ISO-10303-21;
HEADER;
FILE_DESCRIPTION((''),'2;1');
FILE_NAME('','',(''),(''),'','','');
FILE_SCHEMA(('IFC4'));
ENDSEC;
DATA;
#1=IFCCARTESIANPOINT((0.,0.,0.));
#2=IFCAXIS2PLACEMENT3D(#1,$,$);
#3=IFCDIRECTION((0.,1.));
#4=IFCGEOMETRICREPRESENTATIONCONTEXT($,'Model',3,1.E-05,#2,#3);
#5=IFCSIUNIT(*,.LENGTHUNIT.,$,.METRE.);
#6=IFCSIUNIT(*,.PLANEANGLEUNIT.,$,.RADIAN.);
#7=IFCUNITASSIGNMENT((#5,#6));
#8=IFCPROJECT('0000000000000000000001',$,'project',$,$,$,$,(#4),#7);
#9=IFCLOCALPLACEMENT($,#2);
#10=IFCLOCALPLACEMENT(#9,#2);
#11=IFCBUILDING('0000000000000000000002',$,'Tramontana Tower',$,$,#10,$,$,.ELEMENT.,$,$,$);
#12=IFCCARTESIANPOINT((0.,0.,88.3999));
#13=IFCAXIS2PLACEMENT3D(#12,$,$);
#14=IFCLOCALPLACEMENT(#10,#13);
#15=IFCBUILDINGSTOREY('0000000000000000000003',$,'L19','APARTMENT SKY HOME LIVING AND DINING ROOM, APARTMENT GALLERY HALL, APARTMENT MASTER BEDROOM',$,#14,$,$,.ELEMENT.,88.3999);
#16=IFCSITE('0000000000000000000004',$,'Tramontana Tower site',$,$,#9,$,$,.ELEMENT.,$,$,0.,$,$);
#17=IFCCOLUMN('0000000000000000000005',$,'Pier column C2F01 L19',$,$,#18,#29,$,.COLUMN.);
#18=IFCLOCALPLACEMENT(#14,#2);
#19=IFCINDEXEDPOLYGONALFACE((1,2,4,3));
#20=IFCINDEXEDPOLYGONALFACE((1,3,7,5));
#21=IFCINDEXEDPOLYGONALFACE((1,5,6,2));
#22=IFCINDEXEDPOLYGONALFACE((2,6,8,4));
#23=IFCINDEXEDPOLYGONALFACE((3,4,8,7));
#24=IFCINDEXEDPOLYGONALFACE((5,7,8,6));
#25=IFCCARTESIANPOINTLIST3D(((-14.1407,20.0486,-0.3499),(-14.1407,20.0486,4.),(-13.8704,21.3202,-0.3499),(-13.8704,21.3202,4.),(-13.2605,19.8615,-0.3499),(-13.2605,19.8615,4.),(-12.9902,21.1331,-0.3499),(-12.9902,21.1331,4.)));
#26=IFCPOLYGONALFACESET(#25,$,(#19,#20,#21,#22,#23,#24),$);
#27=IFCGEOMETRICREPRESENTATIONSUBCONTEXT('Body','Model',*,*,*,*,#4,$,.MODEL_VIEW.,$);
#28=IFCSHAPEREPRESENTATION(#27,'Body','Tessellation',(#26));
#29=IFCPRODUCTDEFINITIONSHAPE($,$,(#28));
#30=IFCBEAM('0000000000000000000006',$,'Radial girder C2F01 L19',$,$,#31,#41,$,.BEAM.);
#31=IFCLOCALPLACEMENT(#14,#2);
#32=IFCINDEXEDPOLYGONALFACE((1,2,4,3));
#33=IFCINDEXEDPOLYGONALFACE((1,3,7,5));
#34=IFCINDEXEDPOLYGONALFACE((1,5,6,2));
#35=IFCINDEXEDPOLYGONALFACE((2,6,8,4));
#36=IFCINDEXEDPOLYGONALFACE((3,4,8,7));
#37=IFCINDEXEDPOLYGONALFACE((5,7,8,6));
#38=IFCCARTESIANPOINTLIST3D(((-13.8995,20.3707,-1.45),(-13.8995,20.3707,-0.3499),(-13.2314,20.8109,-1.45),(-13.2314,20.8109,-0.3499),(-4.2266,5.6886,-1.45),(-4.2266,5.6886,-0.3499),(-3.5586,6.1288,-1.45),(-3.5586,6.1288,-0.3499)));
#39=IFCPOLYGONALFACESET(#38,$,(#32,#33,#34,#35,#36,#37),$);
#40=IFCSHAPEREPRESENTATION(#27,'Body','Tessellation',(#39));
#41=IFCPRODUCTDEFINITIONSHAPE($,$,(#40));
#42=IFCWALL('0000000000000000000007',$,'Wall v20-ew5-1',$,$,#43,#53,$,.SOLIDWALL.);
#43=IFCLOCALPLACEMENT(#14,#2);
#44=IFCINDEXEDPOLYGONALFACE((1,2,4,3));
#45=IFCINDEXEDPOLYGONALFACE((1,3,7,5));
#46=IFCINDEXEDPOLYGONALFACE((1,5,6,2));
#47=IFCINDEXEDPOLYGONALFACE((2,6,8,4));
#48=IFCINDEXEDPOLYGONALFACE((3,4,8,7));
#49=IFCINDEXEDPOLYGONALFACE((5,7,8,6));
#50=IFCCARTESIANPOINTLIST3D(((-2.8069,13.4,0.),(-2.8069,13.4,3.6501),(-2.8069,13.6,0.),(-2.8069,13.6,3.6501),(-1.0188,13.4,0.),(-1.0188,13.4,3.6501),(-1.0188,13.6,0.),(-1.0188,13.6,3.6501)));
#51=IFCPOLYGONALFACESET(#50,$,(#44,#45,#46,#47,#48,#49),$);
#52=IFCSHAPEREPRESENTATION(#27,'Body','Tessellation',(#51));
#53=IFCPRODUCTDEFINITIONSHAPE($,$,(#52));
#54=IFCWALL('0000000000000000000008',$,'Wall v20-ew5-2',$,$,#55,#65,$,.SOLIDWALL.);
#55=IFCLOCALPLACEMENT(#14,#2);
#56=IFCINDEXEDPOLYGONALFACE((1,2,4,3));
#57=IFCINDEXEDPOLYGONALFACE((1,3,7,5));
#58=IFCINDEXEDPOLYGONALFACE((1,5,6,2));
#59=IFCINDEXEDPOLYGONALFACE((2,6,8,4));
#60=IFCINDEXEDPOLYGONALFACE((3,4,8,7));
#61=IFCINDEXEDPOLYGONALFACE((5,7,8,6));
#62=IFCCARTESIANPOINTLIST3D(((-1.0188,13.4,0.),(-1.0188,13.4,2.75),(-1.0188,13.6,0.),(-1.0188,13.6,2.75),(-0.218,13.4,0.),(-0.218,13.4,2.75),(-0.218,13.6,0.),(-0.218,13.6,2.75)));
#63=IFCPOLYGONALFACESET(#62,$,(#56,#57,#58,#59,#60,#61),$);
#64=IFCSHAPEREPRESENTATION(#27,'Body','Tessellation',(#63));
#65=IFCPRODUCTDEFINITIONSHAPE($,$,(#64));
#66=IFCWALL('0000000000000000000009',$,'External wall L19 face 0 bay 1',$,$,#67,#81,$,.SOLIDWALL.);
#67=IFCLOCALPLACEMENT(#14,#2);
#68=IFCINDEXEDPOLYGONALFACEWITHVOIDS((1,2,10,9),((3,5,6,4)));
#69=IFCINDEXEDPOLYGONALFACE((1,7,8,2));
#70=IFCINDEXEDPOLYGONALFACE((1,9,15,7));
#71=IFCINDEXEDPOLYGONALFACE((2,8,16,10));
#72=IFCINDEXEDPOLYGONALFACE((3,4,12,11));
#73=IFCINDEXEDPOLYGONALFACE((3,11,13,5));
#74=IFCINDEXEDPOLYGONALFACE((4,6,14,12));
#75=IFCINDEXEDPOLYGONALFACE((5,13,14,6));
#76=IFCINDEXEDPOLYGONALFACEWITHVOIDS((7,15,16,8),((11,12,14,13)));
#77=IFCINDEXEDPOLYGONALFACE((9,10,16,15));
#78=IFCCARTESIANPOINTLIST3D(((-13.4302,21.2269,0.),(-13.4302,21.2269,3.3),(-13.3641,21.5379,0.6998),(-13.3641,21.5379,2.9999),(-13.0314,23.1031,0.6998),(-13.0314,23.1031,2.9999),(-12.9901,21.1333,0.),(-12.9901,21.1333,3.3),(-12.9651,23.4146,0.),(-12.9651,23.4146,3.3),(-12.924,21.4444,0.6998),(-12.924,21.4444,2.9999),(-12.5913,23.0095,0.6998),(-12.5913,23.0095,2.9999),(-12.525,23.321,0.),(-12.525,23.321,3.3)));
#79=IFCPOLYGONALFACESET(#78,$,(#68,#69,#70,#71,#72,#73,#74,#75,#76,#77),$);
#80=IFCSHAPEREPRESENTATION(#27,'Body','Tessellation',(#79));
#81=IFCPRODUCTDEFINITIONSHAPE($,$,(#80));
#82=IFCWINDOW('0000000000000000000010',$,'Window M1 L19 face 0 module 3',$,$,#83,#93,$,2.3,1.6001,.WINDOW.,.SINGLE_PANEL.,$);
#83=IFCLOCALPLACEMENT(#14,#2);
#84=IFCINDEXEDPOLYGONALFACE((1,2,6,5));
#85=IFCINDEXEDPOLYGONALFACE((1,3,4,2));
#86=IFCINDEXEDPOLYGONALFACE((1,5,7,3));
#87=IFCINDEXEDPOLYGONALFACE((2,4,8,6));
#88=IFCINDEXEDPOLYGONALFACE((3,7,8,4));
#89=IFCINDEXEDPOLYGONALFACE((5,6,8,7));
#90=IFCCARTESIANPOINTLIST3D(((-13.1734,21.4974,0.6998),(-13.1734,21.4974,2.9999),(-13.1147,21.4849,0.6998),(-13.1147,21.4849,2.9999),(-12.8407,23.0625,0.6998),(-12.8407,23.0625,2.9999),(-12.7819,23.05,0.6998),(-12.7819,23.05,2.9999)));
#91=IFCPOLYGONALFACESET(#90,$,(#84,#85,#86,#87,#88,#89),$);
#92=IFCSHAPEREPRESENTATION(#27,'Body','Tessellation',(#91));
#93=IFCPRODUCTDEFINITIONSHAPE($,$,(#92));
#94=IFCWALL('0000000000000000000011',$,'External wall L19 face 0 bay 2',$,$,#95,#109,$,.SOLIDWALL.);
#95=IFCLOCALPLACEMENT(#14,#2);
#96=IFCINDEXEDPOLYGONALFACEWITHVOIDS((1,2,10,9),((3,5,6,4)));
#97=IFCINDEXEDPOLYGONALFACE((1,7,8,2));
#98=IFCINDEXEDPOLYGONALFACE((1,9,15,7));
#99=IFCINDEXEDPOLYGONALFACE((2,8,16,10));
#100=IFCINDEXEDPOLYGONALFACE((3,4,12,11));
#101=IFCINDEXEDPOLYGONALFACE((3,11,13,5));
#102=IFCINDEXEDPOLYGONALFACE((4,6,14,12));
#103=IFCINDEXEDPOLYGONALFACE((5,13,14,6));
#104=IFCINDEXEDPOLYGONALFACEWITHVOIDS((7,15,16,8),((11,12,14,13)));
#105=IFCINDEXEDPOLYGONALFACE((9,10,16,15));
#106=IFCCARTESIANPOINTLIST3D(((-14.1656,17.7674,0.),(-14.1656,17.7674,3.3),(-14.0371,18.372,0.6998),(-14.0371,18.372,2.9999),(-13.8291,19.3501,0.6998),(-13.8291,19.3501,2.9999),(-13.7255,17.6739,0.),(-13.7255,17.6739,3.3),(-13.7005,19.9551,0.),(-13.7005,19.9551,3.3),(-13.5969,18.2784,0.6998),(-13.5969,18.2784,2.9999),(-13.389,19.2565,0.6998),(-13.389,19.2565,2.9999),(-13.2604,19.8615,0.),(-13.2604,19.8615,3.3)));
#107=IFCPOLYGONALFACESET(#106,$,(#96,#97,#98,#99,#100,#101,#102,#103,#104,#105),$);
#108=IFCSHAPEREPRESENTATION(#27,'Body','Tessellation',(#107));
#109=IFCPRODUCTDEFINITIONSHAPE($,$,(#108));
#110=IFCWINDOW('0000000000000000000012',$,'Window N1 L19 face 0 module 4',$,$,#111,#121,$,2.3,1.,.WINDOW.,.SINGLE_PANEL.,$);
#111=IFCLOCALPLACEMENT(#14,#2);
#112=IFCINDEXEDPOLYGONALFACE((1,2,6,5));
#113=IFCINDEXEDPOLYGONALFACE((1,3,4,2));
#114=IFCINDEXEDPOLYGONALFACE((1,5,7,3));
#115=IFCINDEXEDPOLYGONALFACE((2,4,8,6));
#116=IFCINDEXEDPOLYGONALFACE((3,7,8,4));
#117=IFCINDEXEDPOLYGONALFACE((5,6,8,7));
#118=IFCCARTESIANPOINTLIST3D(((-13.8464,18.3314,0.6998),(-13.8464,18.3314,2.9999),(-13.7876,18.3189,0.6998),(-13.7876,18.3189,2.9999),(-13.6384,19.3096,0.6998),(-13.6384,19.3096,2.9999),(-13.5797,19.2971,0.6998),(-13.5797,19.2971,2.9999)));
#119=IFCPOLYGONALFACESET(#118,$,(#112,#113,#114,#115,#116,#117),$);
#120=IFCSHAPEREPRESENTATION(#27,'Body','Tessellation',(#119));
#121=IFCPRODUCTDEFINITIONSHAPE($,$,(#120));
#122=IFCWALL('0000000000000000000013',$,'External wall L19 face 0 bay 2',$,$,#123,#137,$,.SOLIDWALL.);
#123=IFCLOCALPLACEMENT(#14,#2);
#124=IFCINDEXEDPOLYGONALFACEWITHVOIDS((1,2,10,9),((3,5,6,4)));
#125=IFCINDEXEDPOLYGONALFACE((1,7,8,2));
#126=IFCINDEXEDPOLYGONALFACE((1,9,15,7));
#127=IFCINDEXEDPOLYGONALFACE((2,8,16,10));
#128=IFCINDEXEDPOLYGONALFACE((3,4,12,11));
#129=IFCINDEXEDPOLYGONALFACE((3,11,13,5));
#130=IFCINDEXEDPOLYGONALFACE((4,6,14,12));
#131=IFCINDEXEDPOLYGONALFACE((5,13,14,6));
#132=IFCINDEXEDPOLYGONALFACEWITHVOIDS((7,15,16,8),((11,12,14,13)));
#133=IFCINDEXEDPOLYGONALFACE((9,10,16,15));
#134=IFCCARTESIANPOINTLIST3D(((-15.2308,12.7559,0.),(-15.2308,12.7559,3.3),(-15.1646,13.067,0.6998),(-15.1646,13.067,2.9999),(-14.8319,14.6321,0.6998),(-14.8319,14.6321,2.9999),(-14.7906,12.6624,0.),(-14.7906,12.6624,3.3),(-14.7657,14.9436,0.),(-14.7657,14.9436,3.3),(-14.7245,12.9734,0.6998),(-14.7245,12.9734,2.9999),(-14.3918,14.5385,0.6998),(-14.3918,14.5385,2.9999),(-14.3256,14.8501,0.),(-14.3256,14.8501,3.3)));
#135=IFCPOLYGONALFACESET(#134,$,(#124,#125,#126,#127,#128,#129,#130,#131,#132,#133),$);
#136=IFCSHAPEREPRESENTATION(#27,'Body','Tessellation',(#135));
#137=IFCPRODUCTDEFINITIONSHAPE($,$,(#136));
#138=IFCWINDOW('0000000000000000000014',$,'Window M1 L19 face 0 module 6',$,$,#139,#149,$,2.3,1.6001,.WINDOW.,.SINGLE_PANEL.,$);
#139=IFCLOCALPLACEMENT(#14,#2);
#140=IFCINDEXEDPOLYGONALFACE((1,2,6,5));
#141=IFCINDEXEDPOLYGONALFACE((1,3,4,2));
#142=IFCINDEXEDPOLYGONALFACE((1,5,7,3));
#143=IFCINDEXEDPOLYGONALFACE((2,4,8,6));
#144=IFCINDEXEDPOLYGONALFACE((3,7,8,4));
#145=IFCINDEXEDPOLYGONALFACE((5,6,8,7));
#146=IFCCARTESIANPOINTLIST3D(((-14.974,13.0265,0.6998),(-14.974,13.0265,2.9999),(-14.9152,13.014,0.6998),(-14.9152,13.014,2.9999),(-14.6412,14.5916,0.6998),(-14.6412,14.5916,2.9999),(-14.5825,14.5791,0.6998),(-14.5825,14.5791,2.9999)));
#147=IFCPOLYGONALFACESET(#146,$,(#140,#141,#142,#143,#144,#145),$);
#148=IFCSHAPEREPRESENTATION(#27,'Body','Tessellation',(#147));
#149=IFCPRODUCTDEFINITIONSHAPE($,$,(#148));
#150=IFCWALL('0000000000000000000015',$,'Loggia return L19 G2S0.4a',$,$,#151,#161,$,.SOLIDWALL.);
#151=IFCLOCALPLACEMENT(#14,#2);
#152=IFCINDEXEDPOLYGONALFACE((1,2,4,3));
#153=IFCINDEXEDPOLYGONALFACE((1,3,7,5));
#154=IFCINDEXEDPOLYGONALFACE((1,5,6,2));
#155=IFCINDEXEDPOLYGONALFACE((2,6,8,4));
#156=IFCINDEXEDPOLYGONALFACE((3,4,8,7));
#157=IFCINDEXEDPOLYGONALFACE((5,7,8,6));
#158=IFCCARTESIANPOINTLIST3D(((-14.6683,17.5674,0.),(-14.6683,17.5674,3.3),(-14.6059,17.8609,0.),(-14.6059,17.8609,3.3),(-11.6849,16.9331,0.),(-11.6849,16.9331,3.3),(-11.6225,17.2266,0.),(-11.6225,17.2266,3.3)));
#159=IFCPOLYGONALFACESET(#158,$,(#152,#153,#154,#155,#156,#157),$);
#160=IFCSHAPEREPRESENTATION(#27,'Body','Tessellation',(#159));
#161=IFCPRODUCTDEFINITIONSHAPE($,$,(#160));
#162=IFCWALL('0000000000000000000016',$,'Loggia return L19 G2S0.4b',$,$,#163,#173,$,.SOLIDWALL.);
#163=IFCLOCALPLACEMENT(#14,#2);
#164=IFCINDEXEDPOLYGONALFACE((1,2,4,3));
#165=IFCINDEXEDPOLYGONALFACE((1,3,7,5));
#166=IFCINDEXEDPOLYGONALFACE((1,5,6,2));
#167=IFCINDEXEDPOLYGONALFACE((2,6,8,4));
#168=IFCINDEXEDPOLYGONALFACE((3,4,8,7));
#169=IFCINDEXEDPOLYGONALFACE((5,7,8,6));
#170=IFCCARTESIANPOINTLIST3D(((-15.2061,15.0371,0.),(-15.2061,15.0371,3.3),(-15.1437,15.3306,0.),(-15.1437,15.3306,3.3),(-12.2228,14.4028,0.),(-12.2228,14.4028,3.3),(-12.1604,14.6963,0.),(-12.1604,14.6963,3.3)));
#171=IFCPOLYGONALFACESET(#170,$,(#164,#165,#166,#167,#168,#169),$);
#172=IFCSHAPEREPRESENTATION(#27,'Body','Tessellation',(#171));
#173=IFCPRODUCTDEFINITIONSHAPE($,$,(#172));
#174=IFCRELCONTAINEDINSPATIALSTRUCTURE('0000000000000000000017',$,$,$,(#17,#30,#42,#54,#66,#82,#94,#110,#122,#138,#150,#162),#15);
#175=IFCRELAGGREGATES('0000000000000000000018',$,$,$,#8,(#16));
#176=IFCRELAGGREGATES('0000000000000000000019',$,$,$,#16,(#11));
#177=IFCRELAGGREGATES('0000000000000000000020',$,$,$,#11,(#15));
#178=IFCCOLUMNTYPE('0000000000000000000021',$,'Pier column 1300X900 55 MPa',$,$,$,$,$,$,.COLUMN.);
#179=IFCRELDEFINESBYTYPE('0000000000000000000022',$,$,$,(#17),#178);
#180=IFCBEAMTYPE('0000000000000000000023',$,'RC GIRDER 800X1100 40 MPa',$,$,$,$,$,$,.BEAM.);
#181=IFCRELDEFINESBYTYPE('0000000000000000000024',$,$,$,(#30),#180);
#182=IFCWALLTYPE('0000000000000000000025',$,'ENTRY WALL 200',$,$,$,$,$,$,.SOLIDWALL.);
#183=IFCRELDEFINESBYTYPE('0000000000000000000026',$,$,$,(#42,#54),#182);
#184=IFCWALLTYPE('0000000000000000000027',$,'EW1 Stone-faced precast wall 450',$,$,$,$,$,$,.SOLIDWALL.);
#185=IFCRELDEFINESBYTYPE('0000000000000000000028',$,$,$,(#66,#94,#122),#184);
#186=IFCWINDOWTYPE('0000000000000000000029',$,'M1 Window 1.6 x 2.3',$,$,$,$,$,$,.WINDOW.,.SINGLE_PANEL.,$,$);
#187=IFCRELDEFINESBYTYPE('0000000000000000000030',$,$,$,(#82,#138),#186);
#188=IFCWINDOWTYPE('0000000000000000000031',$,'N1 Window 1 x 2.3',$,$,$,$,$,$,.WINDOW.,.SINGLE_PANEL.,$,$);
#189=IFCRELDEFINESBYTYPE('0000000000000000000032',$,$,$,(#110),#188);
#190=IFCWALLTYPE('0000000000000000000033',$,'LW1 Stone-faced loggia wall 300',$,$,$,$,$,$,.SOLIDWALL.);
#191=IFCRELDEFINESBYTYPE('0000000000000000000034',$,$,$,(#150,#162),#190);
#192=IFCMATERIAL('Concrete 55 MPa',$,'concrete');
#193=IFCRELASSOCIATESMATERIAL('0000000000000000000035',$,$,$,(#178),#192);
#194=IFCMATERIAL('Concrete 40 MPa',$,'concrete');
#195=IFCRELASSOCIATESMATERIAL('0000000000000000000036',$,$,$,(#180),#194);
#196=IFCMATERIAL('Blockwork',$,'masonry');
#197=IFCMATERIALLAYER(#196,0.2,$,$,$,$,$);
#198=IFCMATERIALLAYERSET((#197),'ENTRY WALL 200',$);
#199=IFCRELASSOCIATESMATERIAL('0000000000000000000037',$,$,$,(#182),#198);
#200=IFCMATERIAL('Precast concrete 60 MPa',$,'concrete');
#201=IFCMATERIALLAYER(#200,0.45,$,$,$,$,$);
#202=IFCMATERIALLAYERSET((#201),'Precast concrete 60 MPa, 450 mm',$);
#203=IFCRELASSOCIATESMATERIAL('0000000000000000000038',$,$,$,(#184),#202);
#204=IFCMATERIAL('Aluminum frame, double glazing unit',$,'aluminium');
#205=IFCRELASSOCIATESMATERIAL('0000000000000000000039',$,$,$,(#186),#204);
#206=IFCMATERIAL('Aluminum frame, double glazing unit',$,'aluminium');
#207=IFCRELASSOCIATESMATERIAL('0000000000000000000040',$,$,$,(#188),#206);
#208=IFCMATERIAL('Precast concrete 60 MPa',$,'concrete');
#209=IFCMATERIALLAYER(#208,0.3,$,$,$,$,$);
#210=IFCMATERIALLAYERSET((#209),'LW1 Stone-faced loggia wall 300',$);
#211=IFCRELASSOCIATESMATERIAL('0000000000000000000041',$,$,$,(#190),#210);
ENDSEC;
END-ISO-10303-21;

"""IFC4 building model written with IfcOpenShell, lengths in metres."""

from ifc_helpers import new_model, si_unit, direction, frame, frame_2d, origin, origin_2d, place, context, subcontext, project, spatial, rectangle, extrude, material, layer, layer_set, material_profile, profile_set, type_object, element, fill, save


model = new_model("IFC4")

# Units and contexts
model_context = context("Model", 3, precision=1e-05, world=origin(), true_north=direction((0.0, 1.0)))
body_context = subcontext(model_context, "Body", "Model", "MODEL_VIEW")
ifc_project = project(units=[si_unit("LENGTHUNIT", "METRE"), si_unit("PLANEANGLEUNIT", "RADIAN")], contexts=[model_context])

# Site, building, storey
site_placement = place(None, origin())
site = spatial("IfcSite", under=ifc_project, at=site_placement, Name="Tramontana Tower site", CompositionType="ELEMENT", RefElevation=0.0)
building_placement = place(site_placement, origin())
building = spatial("IfcBuilding", under=site, at=building_placement, Name="Tramontana Tower", CompositionType="ELEMENT")
storey_placement = place(building_placement, frame((0.0, 0.0, 88.3999)))
storey = spatial("IfcBuildingStorey", under=building, at=storey_placement, Name="L19", Description="APARTMENT SKY HOME LIVING AND DINING ROOM, APARTMENT GALLERY HALL, APARTMENT MASTER BEDROOM", CompositionType="ELEMENT", Elevation=88.3999)

# Column
ifc_material_1 = material(Name="Concrete 55 MPa", Category="concrete")
ifc_material_profile_1 = material_profile(ifc_material_1, rectangle(XDim=1.3, YDim=0.8999, at=origin_2d()), Name="Pier column 1300X900 55 MPa")
ifc_profile_set_1 = profile_set([ifc_material_profile_1], Name="Concrete 55 MPa")
column_type = type_object("IfcColumnType", Name="Pier column 1300X900 55 MPa", PredefinedType="COLUMN", material=ifc_profile_set_1)
column_placement = place(storey_placement, frame((-13.5654, 20.5908, -0.3499), z_axis=(0.0, 0.0, 1.0), x_axis=(-0.207912, -0.978148, 0.0)))
element("IfcColumn", 1, at=column_placement, inside=storey, type_object=column_type, Name="Pier column C2F01 L19", PredefinedType="COLUMN", context=body_context, shape_type="SweptSolid", body=[
    extrude(rectangle(XDim=1.3, YDim=0.8999, at=origin_2d()), origin(), (0.0, 0.0, 1.0), 4.3499),
])

# Beam
ifc_material_2 = material(Name="Concrete 40 MPa", Category="concrete")
ifc_material_profile_2 = material_profile(ifc_material_2, rectangle(XDim=0.8, YDim=1.1001, at=origin_2d()), Name="RC GIRDER 800X1100 40 MPa")
ifc_profile_set_2 = profile_set([ifc_material_profile_2], Name="Concrete 40 MPa")
beam_type = type_object("IfcBeamType", Name="RC GIRDER 800X1100 40 MPa", PredefinedType="BEAM", material=ifc_profile_set_2)
beam_placement = place(storey_placement, frame((-13.5654, 20.5908, -0.8999), z_axis=(0.550155, -0.835063, 0.0), x_axis=(0.835063, 0.550155, 0.0)))
element("IfcBeam", 2, at=beam_placement, inside=storey, type_object=beam_type, Name="Radial girder C2F01 L19", PredefinedType="BEAM", context=body_context, shape_type="SweptSolid", body=[
    extrude(rectangle(XDim=0.8, YDim=1.1001, at=origin_2d()), origin(), (0.0, 0.0, 1.0), 17.582),
])

# Walls
ifc_material_3 = material(Name="Blockwork", Category="masonry")
ifc_layer_1 = layer(ifc_material_3, 0.2)
ifc_layer_set_1 = layer_set([ifc_layer_1], Name="ENTRY WALL 200")
wall_type_1 = type_object("IfcWallType", Name="ENTRY WALL 200", PredefinedType="SOLIDWALL", material=ifc_layer_set_1)
wall_1_placement = place(storey_placement, frame((-2.8069, 13.5, 0.0), z_axis=(0.0, 0.0, 1.0), x_axis=(1.0, 0.0, 0.0)))
element("IfcWall", 3, at=wall_1_placement, inside=storey, type_object=wall_type_1, Name="Wall v20-ew5-1", PredefinedType="SOLIDWALL", context=body_context, shape_type="SweptSolid", body=[
    extrude(rectangle(XDim=1.7881, YDim=0.2, at=frame_2d((0.894, 0.0))), origin(), (0.0, 0.0, 1.0), 3.6501),
])
wall_2_placement = place(storey_placement, frame((-1.0188, 13.5, 0.0), z_axis=(0.0, 0.0, 1.0), x_axis=(1.0, 0.0, 0.0)))
element("IfcWall", 4, at=wall_2_placement, inside=storey, type_object=wall_type_1, Name="Wall v20-ew5-2", PredefinedType="SOLIDWALL", context=body_context, shape_type="SweptSolid", body=[
    extrude(rectangle(XDim=0.8008, YDim=0.2, at=frame_2d((0.4004, 0.0))), origin(), (0.0, 0.0, 1.0), 2.75),
])

# Walls, openings, windows
ifc_material_4 = material(Name="Precast concrete 60 MPa", Category="concrete")
ifc_layer_2 = layer(ifc_material_4, 0.45)
ifc_layer_set_2 = layer_set([ifc_layer_2], Name="Precast concrete 60 MPa, 450 mm")
wall_type_2 = type_object("IfcWallType", Name="EW1 Stone-faced precast wall 450", PredefinedType="SOLIDWALL", material=ifc_layer_set_2)
wall_3_placement = place(storey_placement, frame((-12.7451, 23.3677, 0.0), z_axis=(0.0, 0.0, 1.0), x_axis=(-0.207941, -0.978141, 0.0)))
wall_3 = element("IfcWall", 5, at=wall_3_placement, inside=storey, type_object=wall_type_2, Name="External wall L19 face 0 bay 1", PredefinedType="SOLIDWALL", context=body_context, shape_type="SweptSolid", body=[
    extrude(rectangle(XDim=2.2366, YDim=0.45, at=frame_2d((1.1182, 0.0))), origin(), (0.0, 0.0, 1.0), 3.3),
])
opening_1_placement = place(wall_3_placement, frame((0.3184, 0.0, 0.7)))
opening_1 = element("IfcOpeningElement", 6, at=opening_1_placement, cuts=wall_3, PredefinedType="OPENING", context=body_context, shape_type="SweptSolid", body=[
    extrude(rectangle(XDim=1.6001, YDim=2.3, at=frame_2d((0.8, 1.1499))), frame((0.0, 0.2349, 0.0), z_axis=(0.0, -1.0, 0.0), x_axis=(1.0, 0.0, 0.0)), (0.0, 0.0, 1.0), 0.47),
])
ifc_material_5 = material(Name="Aluminum frame, double glazing unit", Category="aluminium")
window_type_1 = type_object("IfcWindowType", Name="M1 Window 1.6 x 2.3", PartitioningType="SINGLE_PANEL", PredefinedType="WINDOW", material=ifc_material_5)
window_1_placement = place(opening_1_placement, origin())
window_1 = element("IfcWindow", 7, at=window_1_placement, inside=storey, type_object=window_type_1, Name="Window M1 L19 face 0 module 3", OverallHeight=2.3, OverallWidth=1.6001, PartitioningType="SINGLE_PANEL", PredefinedType="WINDOW", context=body_context, shape_type="SweptSolid", body=[
    extrude(rectangle(XDim=1.6001, YDim=2.3, at=frame_2d((0.8, 1.1499))), frame((0.0, 0.03, 0.0), z_axis=(0.0, -1.0, 0.0), x_axis=(1.0, 0.0, 0.0)), (0.0, 0.0, 1.0), 0.0601),
])
fill(opening_1, window_1)
wall_4_placement = place(storey_placement, frame((-13.4805, 19.9082, 0.0), z_axis=(0.0, 0.0, 1.0), x_axis=(-0.207941, -0.978141, 0.0)))
wall_4 = element("IfcWall", 8, at=wall_4_placement, inside=storey, type_object=wall_type_2, Name="External wall L19 face 0 bay 2", PredefinedType="SOLIDWALL", context=body_context, shape_type="SweptSolid", body=[
    extrude(rectangle(XDim=2.2366, YDim=0.45, at=frame_2d((1.1182, 0.0))), origin(), (0.0, 0.0, 1.0), 3.3),
])
opening_2_placement = place(wall_4_placement, frame((0.6184, 0.0, 0.7)))
opening_2 = element("IfcOpeningElement", 9, at=opening_2_placement, cuts=wall_4, PredefinedType="OPENING", context=body_context, shape_type="SweptSolid", body=[
    extrude(rectangle(XDim=1.0, YDim=2.3, at=frame_2d((0.5, 1.1499))), frame((0.0, 0.2349, 0.0), z_axis=(0.0, -1.0, 0.0), x_axis=(1.0, 0.0, 0.0)), (0.0, 0.0, 1.0), 0.47),
])
ifc_material_6 = material(Name="Aluminum frame, double glazing unit", Category="aluminium")
window_type_2 = type_object("IfcWindowType", Name="N1 Window 1 x 2.3", PartitioningType="SINGLE_PANEL", PredefinedType="WINDOW", material=ifc_material_6)
window_2_placement = place(opening_2_placement, origin())
window_2 = element("IfcWindow", 10, at=window_2_placement, inside=storey, type_object=window_type_2, Name="Window N1 L19 face 0 module 4", OverallHeight=2.3, OverallWidth=1.0, PartitioningType="SINGLE_PANEL", PredefinedType="WINDOW", context=body_context, shape_type="SweptSolid", body=[
    extrude(rectangle(XDim=1.0, YDim=2.3, at=frame_2d((0.5, 1.1499))), frame((0.0, 0.03, 0.0), z_axis=(0.0, -1.0, 0.0), x_axis=(1.0, 0.0, 0.0)), (0.0, 0.0, 1.0), 0.0601),
])
fill(opening_2, window_2)
wall_5_placement = place(storey_placement, frame((-14.5457, 14.8967, 0.0), z_axis=(0.0, 0.0, 1.0), x_axis=(-0.207941, -0.978141, 0.0)))
wall_5 = element("IfcWall", 11, at=wall_5_placement, inside=storey, type_object=wall_type_2, Name="External wall L19 face 0 bay 2", PredefinedType="SOLIDWALL", context=body_context, shape_type="SweptSolid", body=[
    extrude(rectangle(XDim=2.2366, YDim=0.45, at=frame_2d((1.1182, 0.0))), origin(), (0.0, 0.0, 1.0), 3.3),
])
opening_3_placement = place(wall_5_placement, frame((0.3184, 0.0, 0.7)))
opening_3 = element("IfcOpeningElement", 12, at=opening_3_placement, cuts=wall_5, PredefinedType="OPENING", context=body_context, shape_type="SweptSolid", body=[
    extrude(rectangle(XDim=1.6001, YDim=2.3, at=frame_2d((0.8, 1.1499))), frame((0.0, 0.2349, 0.0), z_axis=(0.0, -1.0, 0.0), x_axis=(1.0, 0.0, 0.0)), (0.0, 0.0, 1.0), 0.47),
])
window_3_placement = place(opening_3_placement, origin())
window_3 = element("IfcWindow", 13, at=window_3_placement, inside=storey, type_object=window_type_1, Name="Window M1 L19 face 0 module 6", OverallHeight=2.3, OverallWidth=1.6001, PartitioningType="SINGLE_PANEL", PredefinedType="WINDOW", context=body_context, shape_type="SweptSolid", body=[
    extrude(rectangle(XDim=1.6001, YDim=2.3, at=frame_2d((0.8, 1.1499))), frame((0.0, 0.03, 0.0), z_axis=(0.0, -1.0, 0.0), x_axis=(1.0, 0.0, 0.0)), (0.0, 0.0, 1.0), 0.0601),
])
fill(opening_3, window_3)

# Shared definitions
ifc_material_7 = material(Name="Precast concrete 60 MPa", Category="concrete")
ifc_layer_3 = layer(ifc_material_7, 0.3)
ifc_layer_set_3 = layer_set([ifc_layer_3], Name="LW1 Stone-faced loggia wall 300")
wall_type_3 = type_object("IfcWallType", Name="LW1 Stone-faced loggia wall 300", PredefinedType="SOLIDWALL", material=ifc_layer_set_3)

# Walls
for number, where, z_axis, x_axis, name in (
    (14, (-14.637, 17.7141, 0.0), (0.0, 0.0, 1.0), (0.978139, -0.207954, 0.0), "Loggia return L19 G2S0.4a"),
    (15, (-15.1748, 15.1838, 0.0), (0.0, 0.0, 1.0), (0.978139, -0.207954, 0.0), "Loggia return L19 G2S0.4b"),
):
    element("IfcWall", number, at=place(storey_placement, frame(where, z_axis=z_axis, x_axis=x_axis)), inside=storey, type_object=wall_type_3, Name=name, PredefinedType="SOLIDWALL", context=body_context, shape_type="SweptSolid", body=[
        extrude(rectangle(XDim=3.05, YDim=0.3, at=frame_2d((1.5249, 0.0))), origin(), (0.0, 0.0, 1.0), 3.3),
    ])

save(model, "model.ifc")
